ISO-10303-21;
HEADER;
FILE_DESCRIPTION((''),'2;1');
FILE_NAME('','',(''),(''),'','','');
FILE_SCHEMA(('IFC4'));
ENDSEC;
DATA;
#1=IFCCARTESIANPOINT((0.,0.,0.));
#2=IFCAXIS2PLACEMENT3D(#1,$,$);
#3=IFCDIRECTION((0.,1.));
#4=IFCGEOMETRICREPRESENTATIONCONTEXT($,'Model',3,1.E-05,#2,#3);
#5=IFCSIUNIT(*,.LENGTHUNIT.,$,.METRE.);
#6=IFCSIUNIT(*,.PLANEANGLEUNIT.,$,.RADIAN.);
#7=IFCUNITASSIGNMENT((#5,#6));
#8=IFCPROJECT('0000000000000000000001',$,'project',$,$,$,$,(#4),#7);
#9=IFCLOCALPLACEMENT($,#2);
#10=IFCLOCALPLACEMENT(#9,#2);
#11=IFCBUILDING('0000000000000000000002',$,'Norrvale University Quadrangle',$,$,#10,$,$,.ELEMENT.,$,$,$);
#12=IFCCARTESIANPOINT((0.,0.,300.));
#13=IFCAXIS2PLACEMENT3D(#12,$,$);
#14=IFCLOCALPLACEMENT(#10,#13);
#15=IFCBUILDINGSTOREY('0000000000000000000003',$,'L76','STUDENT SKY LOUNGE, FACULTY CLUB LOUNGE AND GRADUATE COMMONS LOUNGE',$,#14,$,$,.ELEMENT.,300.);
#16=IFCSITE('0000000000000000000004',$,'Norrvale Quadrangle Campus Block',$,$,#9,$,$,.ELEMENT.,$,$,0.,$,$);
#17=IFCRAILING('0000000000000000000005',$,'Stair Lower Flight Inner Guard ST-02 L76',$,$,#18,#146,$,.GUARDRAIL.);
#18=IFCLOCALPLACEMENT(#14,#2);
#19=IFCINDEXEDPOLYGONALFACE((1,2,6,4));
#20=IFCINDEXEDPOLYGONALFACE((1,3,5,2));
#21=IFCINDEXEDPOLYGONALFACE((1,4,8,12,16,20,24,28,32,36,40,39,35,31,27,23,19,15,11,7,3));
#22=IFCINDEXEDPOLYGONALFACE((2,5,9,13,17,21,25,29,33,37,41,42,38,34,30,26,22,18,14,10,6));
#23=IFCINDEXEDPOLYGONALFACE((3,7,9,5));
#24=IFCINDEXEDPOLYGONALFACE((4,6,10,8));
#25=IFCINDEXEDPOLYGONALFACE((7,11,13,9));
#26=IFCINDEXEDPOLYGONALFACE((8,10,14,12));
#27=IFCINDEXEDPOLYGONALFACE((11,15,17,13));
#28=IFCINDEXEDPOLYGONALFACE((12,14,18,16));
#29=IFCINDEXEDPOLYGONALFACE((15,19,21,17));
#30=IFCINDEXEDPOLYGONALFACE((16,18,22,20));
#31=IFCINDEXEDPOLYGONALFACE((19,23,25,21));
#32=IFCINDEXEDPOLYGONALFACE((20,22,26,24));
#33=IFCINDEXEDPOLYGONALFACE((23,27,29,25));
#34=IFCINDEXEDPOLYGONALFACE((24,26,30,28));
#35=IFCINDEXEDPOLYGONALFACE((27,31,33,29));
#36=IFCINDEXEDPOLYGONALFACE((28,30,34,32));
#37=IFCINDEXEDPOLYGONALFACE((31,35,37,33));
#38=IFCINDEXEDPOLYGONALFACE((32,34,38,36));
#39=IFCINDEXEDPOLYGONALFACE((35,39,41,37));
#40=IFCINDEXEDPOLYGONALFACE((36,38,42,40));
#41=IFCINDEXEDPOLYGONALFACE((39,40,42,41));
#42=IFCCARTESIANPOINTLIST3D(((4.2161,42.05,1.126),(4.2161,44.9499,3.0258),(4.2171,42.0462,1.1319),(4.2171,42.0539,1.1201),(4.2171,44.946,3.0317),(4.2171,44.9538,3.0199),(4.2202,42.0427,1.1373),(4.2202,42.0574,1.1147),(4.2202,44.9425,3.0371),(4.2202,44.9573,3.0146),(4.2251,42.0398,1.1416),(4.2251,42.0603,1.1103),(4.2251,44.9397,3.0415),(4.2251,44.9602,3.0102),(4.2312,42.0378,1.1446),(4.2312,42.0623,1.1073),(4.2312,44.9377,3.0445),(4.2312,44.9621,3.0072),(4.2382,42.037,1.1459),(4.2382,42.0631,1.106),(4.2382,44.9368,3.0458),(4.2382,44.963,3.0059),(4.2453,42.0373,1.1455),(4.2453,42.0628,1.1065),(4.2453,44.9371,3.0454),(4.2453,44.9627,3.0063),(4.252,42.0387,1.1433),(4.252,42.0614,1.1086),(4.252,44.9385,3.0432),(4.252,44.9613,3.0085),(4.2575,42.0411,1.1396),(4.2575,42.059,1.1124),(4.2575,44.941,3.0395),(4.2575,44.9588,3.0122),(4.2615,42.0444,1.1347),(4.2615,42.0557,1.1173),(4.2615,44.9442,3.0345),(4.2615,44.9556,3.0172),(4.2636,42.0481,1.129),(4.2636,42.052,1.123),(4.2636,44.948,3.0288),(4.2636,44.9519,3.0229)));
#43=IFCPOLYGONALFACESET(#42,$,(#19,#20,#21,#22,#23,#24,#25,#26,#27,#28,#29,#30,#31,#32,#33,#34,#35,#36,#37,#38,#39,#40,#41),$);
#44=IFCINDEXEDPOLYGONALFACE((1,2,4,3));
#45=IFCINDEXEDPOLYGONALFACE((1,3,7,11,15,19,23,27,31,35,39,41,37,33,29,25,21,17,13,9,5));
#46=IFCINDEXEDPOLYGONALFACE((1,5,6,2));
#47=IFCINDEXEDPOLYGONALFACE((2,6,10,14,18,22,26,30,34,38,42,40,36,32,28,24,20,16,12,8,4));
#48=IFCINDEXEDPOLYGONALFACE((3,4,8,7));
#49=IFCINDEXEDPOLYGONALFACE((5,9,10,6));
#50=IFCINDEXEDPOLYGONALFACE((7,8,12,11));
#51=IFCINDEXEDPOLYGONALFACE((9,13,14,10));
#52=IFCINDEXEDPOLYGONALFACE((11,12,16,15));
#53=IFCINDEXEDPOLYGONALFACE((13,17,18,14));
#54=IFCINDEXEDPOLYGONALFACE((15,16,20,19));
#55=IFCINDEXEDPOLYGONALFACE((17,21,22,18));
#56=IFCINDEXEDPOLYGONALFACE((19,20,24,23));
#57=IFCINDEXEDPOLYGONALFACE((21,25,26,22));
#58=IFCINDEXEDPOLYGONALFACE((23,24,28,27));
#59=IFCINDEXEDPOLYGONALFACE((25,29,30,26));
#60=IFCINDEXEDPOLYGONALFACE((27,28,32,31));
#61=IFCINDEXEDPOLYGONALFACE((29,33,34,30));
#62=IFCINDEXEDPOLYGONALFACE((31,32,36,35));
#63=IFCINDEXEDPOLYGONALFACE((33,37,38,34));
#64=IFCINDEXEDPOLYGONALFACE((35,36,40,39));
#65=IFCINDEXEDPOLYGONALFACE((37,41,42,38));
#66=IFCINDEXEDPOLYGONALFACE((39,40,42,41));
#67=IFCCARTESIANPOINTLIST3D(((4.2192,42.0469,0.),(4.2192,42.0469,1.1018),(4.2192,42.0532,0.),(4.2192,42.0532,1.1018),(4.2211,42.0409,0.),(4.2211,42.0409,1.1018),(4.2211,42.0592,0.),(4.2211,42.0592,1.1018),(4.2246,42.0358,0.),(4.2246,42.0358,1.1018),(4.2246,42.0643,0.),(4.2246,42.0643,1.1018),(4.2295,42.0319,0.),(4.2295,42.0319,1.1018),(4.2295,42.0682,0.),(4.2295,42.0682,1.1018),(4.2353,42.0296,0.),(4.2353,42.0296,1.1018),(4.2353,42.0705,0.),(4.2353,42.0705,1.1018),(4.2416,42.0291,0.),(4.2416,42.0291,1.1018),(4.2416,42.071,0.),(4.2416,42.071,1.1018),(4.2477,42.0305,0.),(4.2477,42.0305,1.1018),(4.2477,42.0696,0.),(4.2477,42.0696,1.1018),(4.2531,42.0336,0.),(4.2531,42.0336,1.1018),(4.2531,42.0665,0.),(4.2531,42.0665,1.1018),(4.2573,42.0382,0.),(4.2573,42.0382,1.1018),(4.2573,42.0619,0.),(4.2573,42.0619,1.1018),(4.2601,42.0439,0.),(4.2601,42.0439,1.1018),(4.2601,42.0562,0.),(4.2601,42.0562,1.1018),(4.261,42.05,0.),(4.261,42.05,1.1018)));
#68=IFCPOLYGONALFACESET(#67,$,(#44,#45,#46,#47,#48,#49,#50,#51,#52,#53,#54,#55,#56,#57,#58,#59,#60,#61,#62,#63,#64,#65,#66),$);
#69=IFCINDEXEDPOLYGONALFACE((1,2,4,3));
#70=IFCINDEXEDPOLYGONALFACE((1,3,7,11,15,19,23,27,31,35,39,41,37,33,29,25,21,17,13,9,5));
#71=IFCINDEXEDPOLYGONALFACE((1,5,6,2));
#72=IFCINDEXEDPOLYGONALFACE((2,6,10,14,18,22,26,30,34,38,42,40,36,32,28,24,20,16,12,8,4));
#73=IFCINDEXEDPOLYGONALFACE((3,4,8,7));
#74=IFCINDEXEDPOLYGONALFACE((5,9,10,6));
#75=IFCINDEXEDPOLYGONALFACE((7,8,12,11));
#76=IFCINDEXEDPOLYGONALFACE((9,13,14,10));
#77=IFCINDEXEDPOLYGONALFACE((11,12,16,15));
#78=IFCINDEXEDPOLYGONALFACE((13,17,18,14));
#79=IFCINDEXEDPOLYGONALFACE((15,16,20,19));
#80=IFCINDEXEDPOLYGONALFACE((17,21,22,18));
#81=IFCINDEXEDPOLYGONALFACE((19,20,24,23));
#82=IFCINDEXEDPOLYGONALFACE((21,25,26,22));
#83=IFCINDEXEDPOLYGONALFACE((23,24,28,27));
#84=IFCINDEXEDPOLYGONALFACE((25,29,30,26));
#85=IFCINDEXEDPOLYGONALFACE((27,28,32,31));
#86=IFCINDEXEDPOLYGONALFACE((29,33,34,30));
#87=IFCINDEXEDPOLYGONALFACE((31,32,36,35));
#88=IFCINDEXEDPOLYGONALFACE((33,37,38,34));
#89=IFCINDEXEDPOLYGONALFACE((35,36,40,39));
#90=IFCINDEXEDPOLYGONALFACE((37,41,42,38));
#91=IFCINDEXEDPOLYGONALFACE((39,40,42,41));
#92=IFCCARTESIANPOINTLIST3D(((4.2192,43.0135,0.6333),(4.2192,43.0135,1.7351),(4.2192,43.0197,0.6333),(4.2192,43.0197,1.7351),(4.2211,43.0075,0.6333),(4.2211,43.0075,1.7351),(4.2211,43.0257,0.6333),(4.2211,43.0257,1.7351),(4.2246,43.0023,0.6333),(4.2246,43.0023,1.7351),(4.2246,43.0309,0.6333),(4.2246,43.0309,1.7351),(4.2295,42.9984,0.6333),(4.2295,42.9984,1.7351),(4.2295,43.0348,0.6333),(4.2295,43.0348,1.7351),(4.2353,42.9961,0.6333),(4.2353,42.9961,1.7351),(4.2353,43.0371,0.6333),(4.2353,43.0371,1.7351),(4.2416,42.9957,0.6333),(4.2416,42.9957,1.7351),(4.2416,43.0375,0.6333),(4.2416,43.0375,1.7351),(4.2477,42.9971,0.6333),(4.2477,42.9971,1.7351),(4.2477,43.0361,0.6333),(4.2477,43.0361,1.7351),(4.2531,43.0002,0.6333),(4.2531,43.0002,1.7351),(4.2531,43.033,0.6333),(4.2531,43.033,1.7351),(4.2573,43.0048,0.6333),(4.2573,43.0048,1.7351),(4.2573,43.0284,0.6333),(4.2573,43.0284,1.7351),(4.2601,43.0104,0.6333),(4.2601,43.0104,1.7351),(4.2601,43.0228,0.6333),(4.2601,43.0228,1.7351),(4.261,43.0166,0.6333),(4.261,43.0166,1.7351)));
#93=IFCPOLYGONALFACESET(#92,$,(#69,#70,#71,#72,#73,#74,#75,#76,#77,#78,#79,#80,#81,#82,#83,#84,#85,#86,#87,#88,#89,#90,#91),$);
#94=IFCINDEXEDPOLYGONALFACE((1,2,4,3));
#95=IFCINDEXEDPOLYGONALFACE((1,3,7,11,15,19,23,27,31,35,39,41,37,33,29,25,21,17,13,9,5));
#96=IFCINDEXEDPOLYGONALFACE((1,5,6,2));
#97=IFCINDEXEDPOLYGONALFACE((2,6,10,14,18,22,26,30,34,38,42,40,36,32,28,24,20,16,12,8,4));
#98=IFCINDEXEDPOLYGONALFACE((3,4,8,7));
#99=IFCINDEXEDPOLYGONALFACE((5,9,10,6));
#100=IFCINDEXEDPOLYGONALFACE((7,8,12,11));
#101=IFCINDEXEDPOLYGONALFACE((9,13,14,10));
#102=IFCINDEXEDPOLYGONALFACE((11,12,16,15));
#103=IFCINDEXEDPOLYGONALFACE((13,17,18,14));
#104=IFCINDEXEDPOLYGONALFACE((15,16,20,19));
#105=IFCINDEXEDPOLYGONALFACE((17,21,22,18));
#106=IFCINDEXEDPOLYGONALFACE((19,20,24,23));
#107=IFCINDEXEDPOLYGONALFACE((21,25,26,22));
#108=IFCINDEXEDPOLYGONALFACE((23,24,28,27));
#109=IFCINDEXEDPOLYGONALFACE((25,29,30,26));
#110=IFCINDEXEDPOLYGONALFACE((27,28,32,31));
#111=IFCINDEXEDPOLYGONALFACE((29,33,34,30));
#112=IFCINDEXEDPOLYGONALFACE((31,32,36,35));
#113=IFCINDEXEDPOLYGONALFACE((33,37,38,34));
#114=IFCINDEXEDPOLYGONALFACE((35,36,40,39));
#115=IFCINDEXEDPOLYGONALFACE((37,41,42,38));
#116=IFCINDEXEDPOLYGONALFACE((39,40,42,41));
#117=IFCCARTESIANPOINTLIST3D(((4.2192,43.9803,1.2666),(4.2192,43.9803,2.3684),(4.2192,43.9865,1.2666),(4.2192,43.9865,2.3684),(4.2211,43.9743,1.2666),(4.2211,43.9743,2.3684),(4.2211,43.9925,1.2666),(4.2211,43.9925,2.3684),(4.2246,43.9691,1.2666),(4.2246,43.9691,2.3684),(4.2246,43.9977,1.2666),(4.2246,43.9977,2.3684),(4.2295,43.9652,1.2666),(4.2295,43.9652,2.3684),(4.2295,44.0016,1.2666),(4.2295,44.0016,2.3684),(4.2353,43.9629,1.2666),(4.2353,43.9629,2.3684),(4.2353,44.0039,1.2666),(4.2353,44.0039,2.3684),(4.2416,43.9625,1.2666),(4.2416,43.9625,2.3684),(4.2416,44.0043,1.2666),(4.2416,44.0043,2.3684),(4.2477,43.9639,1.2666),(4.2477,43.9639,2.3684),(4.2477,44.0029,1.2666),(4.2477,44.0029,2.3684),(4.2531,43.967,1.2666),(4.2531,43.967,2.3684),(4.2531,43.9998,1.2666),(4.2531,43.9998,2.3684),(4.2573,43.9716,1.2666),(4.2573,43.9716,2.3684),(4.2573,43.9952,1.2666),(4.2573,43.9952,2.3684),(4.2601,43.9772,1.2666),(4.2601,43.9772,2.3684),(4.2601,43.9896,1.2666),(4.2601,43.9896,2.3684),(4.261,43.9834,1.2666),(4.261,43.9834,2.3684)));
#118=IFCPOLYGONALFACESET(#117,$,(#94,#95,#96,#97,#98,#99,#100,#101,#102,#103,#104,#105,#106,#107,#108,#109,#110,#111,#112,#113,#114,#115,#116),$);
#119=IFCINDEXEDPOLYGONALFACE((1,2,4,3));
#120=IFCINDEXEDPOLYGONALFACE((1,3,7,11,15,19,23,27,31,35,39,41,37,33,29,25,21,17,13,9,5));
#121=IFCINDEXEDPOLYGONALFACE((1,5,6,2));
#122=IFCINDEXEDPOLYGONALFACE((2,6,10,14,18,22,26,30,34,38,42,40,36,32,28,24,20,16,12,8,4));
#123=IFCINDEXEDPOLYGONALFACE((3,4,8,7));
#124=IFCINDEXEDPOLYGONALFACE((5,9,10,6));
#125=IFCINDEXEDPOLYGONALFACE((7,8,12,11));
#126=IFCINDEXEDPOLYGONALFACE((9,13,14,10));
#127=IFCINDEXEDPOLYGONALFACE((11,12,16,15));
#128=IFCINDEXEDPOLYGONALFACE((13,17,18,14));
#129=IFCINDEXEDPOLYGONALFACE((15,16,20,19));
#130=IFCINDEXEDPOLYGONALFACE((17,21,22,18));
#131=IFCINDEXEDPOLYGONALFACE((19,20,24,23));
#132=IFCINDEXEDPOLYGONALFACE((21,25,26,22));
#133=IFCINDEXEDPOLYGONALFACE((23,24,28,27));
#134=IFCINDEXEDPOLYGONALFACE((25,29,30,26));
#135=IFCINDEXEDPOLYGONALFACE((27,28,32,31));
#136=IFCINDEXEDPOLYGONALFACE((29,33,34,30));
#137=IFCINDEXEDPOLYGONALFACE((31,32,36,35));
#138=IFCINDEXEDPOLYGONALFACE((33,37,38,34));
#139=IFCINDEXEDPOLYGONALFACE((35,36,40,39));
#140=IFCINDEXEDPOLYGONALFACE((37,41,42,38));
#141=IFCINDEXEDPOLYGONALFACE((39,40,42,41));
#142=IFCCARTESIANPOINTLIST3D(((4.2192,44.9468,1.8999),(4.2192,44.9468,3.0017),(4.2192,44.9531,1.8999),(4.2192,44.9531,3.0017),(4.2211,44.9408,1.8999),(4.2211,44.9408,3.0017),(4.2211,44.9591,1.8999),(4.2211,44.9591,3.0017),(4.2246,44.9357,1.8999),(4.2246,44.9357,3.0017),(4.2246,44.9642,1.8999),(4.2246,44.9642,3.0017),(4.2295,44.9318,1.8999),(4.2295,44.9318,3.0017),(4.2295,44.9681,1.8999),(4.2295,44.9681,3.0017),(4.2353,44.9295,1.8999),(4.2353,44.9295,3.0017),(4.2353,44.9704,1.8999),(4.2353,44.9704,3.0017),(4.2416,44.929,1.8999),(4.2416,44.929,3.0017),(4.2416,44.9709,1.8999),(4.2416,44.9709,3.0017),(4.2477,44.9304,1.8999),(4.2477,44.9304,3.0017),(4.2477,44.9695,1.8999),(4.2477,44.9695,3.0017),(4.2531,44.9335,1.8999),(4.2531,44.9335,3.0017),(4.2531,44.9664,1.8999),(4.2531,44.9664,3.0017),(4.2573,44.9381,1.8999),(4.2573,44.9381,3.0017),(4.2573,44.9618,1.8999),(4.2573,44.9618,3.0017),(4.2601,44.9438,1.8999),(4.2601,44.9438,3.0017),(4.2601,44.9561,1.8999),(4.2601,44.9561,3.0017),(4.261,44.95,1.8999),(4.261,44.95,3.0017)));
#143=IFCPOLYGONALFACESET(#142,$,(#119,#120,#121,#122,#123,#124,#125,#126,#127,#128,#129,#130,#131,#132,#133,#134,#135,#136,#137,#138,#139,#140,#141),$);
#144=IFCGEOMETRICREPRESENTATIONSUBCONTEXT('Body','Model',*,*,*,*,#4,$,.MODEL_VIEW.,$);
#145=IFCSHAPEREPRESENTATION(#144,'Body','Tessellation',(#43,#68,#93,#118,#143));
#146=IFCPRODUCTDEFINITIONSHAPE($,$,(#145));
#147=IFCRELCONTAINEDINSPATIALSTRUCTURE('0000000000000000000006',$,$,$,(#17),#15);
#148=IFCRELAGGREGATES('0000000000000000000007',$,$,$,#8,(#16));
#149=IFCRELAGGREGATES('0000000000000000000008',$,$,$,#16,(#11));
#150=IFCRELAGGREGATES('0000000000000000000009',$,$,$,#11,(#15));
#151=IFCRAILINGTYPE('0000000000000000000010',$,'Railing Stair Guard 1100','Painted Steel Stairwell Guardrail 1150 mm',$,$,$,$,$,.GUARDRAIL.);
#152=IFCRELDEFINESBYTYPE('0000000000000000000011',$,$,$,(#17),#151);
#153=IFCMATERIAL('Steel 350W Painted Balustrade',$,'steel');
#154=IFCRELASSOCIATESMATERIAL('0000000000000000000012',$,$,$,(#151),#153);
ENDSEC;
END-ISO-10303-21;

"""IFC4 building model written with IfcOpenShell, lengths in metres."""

from ifc_helpers import new_model, si_unit, direction, frame, origin, origin_2d, place, context, subcontext, project, spatial, circle, extrude, material, type_object, element, save


model = new_model("IFC4")

# Units and contexts
model_context = context("Model", 3, precision=1e-05, world=origin(), true_north=direction((0.0, 1.0)))
body_context = subcontext(model_context, "Body", "Model", "MODEL_VIEW")
ifc_project = project(units=[si_unit("LENGTHUNIT", "METRE"), si_unit("PLANEANGLEUNIT", "RADIAN")], contexts=[model_context])

# Site, building, storey
site_placement = place(None, origin())
site = spatial("IfcSite", under=ifc_project, at=site_placement, Name="Norrvale Quadrangle Campus Block", CompositionType="ELEMENT", RefElevation=0.0)
building_placement = place(site_placement, origin())
building = spatial("IfcBuilding", under=site, at=building_placement, Name="Norrvale University Quadrangle", CompositionType="ELEMENT")
storey_placement = place(building_placement, frame((0.0, 0.0, 300.0)))
storey = spatial("IfcBuildingStorey", under=building, at=storey_placement, Name="L76", Description="STUDENT SKY LOUNGE, FACULTY CLUB LOUNGE AND GRADUATE COMMONS LOUNGE", CompositionType="ELEMENT", Elevation=300.0)

# Railing
ifc_material_1 = material(Name="Steel 350W Painted Balustrade", Category="steel")
railing_type_1 = type_object("IfcRailingType", Name="Railing Stair Guard 1100", Description="Painted Steel Stairwell Guardrail 1150 mm", PredefinedType="GUARDRAIL", material=ifc_material_1)
railing_1_placement = place(storey_placement, frame((4.24, 42.05, 0.0)))
element("IfcRailing", 1, at=railing_1_placement, inside=storey, type_object=railing_type_1, Name="Stair Lower Flight Inner Guard ST-02 L76", PredefinedType="GUARDRAIL", context=body_context, shape_type="SweptSolid", body=[
    extrude(circle(Radius=0.0239, at=origin_2d()), frame((0.0, 0.0, 1.126), z_axis=(0.0, 0.836466, 0.548019), x_axis=(-1.0, 0.0, 0.0)), (0.0, 0.0, 1.0), 3.4668),
    extrude(circle(Radius=0.021, at=origin_2d()), origin(), (0.0, 0.0, 1.0), 1.1018),
    extrude(circle(Radius=0.021, at=origin_2d()), frame((0.0, 0.9666, 0.6333)), (0.0, 0.0, 1.0), 1.1018),
    extrude(circle(Radius=0.021, at=origin_2d()), frame((0.0, 1.9333, 1.2666)), (0.0, 0.0, 1.0), 1.1018),
    extrude(circle(Radius=0.021, at=origin_2d()), frame((0.0, 2.8999, 1.8999)), (0.0, 0.0, 1.0), 1.1018),
])

save(model, "model.ifc")
